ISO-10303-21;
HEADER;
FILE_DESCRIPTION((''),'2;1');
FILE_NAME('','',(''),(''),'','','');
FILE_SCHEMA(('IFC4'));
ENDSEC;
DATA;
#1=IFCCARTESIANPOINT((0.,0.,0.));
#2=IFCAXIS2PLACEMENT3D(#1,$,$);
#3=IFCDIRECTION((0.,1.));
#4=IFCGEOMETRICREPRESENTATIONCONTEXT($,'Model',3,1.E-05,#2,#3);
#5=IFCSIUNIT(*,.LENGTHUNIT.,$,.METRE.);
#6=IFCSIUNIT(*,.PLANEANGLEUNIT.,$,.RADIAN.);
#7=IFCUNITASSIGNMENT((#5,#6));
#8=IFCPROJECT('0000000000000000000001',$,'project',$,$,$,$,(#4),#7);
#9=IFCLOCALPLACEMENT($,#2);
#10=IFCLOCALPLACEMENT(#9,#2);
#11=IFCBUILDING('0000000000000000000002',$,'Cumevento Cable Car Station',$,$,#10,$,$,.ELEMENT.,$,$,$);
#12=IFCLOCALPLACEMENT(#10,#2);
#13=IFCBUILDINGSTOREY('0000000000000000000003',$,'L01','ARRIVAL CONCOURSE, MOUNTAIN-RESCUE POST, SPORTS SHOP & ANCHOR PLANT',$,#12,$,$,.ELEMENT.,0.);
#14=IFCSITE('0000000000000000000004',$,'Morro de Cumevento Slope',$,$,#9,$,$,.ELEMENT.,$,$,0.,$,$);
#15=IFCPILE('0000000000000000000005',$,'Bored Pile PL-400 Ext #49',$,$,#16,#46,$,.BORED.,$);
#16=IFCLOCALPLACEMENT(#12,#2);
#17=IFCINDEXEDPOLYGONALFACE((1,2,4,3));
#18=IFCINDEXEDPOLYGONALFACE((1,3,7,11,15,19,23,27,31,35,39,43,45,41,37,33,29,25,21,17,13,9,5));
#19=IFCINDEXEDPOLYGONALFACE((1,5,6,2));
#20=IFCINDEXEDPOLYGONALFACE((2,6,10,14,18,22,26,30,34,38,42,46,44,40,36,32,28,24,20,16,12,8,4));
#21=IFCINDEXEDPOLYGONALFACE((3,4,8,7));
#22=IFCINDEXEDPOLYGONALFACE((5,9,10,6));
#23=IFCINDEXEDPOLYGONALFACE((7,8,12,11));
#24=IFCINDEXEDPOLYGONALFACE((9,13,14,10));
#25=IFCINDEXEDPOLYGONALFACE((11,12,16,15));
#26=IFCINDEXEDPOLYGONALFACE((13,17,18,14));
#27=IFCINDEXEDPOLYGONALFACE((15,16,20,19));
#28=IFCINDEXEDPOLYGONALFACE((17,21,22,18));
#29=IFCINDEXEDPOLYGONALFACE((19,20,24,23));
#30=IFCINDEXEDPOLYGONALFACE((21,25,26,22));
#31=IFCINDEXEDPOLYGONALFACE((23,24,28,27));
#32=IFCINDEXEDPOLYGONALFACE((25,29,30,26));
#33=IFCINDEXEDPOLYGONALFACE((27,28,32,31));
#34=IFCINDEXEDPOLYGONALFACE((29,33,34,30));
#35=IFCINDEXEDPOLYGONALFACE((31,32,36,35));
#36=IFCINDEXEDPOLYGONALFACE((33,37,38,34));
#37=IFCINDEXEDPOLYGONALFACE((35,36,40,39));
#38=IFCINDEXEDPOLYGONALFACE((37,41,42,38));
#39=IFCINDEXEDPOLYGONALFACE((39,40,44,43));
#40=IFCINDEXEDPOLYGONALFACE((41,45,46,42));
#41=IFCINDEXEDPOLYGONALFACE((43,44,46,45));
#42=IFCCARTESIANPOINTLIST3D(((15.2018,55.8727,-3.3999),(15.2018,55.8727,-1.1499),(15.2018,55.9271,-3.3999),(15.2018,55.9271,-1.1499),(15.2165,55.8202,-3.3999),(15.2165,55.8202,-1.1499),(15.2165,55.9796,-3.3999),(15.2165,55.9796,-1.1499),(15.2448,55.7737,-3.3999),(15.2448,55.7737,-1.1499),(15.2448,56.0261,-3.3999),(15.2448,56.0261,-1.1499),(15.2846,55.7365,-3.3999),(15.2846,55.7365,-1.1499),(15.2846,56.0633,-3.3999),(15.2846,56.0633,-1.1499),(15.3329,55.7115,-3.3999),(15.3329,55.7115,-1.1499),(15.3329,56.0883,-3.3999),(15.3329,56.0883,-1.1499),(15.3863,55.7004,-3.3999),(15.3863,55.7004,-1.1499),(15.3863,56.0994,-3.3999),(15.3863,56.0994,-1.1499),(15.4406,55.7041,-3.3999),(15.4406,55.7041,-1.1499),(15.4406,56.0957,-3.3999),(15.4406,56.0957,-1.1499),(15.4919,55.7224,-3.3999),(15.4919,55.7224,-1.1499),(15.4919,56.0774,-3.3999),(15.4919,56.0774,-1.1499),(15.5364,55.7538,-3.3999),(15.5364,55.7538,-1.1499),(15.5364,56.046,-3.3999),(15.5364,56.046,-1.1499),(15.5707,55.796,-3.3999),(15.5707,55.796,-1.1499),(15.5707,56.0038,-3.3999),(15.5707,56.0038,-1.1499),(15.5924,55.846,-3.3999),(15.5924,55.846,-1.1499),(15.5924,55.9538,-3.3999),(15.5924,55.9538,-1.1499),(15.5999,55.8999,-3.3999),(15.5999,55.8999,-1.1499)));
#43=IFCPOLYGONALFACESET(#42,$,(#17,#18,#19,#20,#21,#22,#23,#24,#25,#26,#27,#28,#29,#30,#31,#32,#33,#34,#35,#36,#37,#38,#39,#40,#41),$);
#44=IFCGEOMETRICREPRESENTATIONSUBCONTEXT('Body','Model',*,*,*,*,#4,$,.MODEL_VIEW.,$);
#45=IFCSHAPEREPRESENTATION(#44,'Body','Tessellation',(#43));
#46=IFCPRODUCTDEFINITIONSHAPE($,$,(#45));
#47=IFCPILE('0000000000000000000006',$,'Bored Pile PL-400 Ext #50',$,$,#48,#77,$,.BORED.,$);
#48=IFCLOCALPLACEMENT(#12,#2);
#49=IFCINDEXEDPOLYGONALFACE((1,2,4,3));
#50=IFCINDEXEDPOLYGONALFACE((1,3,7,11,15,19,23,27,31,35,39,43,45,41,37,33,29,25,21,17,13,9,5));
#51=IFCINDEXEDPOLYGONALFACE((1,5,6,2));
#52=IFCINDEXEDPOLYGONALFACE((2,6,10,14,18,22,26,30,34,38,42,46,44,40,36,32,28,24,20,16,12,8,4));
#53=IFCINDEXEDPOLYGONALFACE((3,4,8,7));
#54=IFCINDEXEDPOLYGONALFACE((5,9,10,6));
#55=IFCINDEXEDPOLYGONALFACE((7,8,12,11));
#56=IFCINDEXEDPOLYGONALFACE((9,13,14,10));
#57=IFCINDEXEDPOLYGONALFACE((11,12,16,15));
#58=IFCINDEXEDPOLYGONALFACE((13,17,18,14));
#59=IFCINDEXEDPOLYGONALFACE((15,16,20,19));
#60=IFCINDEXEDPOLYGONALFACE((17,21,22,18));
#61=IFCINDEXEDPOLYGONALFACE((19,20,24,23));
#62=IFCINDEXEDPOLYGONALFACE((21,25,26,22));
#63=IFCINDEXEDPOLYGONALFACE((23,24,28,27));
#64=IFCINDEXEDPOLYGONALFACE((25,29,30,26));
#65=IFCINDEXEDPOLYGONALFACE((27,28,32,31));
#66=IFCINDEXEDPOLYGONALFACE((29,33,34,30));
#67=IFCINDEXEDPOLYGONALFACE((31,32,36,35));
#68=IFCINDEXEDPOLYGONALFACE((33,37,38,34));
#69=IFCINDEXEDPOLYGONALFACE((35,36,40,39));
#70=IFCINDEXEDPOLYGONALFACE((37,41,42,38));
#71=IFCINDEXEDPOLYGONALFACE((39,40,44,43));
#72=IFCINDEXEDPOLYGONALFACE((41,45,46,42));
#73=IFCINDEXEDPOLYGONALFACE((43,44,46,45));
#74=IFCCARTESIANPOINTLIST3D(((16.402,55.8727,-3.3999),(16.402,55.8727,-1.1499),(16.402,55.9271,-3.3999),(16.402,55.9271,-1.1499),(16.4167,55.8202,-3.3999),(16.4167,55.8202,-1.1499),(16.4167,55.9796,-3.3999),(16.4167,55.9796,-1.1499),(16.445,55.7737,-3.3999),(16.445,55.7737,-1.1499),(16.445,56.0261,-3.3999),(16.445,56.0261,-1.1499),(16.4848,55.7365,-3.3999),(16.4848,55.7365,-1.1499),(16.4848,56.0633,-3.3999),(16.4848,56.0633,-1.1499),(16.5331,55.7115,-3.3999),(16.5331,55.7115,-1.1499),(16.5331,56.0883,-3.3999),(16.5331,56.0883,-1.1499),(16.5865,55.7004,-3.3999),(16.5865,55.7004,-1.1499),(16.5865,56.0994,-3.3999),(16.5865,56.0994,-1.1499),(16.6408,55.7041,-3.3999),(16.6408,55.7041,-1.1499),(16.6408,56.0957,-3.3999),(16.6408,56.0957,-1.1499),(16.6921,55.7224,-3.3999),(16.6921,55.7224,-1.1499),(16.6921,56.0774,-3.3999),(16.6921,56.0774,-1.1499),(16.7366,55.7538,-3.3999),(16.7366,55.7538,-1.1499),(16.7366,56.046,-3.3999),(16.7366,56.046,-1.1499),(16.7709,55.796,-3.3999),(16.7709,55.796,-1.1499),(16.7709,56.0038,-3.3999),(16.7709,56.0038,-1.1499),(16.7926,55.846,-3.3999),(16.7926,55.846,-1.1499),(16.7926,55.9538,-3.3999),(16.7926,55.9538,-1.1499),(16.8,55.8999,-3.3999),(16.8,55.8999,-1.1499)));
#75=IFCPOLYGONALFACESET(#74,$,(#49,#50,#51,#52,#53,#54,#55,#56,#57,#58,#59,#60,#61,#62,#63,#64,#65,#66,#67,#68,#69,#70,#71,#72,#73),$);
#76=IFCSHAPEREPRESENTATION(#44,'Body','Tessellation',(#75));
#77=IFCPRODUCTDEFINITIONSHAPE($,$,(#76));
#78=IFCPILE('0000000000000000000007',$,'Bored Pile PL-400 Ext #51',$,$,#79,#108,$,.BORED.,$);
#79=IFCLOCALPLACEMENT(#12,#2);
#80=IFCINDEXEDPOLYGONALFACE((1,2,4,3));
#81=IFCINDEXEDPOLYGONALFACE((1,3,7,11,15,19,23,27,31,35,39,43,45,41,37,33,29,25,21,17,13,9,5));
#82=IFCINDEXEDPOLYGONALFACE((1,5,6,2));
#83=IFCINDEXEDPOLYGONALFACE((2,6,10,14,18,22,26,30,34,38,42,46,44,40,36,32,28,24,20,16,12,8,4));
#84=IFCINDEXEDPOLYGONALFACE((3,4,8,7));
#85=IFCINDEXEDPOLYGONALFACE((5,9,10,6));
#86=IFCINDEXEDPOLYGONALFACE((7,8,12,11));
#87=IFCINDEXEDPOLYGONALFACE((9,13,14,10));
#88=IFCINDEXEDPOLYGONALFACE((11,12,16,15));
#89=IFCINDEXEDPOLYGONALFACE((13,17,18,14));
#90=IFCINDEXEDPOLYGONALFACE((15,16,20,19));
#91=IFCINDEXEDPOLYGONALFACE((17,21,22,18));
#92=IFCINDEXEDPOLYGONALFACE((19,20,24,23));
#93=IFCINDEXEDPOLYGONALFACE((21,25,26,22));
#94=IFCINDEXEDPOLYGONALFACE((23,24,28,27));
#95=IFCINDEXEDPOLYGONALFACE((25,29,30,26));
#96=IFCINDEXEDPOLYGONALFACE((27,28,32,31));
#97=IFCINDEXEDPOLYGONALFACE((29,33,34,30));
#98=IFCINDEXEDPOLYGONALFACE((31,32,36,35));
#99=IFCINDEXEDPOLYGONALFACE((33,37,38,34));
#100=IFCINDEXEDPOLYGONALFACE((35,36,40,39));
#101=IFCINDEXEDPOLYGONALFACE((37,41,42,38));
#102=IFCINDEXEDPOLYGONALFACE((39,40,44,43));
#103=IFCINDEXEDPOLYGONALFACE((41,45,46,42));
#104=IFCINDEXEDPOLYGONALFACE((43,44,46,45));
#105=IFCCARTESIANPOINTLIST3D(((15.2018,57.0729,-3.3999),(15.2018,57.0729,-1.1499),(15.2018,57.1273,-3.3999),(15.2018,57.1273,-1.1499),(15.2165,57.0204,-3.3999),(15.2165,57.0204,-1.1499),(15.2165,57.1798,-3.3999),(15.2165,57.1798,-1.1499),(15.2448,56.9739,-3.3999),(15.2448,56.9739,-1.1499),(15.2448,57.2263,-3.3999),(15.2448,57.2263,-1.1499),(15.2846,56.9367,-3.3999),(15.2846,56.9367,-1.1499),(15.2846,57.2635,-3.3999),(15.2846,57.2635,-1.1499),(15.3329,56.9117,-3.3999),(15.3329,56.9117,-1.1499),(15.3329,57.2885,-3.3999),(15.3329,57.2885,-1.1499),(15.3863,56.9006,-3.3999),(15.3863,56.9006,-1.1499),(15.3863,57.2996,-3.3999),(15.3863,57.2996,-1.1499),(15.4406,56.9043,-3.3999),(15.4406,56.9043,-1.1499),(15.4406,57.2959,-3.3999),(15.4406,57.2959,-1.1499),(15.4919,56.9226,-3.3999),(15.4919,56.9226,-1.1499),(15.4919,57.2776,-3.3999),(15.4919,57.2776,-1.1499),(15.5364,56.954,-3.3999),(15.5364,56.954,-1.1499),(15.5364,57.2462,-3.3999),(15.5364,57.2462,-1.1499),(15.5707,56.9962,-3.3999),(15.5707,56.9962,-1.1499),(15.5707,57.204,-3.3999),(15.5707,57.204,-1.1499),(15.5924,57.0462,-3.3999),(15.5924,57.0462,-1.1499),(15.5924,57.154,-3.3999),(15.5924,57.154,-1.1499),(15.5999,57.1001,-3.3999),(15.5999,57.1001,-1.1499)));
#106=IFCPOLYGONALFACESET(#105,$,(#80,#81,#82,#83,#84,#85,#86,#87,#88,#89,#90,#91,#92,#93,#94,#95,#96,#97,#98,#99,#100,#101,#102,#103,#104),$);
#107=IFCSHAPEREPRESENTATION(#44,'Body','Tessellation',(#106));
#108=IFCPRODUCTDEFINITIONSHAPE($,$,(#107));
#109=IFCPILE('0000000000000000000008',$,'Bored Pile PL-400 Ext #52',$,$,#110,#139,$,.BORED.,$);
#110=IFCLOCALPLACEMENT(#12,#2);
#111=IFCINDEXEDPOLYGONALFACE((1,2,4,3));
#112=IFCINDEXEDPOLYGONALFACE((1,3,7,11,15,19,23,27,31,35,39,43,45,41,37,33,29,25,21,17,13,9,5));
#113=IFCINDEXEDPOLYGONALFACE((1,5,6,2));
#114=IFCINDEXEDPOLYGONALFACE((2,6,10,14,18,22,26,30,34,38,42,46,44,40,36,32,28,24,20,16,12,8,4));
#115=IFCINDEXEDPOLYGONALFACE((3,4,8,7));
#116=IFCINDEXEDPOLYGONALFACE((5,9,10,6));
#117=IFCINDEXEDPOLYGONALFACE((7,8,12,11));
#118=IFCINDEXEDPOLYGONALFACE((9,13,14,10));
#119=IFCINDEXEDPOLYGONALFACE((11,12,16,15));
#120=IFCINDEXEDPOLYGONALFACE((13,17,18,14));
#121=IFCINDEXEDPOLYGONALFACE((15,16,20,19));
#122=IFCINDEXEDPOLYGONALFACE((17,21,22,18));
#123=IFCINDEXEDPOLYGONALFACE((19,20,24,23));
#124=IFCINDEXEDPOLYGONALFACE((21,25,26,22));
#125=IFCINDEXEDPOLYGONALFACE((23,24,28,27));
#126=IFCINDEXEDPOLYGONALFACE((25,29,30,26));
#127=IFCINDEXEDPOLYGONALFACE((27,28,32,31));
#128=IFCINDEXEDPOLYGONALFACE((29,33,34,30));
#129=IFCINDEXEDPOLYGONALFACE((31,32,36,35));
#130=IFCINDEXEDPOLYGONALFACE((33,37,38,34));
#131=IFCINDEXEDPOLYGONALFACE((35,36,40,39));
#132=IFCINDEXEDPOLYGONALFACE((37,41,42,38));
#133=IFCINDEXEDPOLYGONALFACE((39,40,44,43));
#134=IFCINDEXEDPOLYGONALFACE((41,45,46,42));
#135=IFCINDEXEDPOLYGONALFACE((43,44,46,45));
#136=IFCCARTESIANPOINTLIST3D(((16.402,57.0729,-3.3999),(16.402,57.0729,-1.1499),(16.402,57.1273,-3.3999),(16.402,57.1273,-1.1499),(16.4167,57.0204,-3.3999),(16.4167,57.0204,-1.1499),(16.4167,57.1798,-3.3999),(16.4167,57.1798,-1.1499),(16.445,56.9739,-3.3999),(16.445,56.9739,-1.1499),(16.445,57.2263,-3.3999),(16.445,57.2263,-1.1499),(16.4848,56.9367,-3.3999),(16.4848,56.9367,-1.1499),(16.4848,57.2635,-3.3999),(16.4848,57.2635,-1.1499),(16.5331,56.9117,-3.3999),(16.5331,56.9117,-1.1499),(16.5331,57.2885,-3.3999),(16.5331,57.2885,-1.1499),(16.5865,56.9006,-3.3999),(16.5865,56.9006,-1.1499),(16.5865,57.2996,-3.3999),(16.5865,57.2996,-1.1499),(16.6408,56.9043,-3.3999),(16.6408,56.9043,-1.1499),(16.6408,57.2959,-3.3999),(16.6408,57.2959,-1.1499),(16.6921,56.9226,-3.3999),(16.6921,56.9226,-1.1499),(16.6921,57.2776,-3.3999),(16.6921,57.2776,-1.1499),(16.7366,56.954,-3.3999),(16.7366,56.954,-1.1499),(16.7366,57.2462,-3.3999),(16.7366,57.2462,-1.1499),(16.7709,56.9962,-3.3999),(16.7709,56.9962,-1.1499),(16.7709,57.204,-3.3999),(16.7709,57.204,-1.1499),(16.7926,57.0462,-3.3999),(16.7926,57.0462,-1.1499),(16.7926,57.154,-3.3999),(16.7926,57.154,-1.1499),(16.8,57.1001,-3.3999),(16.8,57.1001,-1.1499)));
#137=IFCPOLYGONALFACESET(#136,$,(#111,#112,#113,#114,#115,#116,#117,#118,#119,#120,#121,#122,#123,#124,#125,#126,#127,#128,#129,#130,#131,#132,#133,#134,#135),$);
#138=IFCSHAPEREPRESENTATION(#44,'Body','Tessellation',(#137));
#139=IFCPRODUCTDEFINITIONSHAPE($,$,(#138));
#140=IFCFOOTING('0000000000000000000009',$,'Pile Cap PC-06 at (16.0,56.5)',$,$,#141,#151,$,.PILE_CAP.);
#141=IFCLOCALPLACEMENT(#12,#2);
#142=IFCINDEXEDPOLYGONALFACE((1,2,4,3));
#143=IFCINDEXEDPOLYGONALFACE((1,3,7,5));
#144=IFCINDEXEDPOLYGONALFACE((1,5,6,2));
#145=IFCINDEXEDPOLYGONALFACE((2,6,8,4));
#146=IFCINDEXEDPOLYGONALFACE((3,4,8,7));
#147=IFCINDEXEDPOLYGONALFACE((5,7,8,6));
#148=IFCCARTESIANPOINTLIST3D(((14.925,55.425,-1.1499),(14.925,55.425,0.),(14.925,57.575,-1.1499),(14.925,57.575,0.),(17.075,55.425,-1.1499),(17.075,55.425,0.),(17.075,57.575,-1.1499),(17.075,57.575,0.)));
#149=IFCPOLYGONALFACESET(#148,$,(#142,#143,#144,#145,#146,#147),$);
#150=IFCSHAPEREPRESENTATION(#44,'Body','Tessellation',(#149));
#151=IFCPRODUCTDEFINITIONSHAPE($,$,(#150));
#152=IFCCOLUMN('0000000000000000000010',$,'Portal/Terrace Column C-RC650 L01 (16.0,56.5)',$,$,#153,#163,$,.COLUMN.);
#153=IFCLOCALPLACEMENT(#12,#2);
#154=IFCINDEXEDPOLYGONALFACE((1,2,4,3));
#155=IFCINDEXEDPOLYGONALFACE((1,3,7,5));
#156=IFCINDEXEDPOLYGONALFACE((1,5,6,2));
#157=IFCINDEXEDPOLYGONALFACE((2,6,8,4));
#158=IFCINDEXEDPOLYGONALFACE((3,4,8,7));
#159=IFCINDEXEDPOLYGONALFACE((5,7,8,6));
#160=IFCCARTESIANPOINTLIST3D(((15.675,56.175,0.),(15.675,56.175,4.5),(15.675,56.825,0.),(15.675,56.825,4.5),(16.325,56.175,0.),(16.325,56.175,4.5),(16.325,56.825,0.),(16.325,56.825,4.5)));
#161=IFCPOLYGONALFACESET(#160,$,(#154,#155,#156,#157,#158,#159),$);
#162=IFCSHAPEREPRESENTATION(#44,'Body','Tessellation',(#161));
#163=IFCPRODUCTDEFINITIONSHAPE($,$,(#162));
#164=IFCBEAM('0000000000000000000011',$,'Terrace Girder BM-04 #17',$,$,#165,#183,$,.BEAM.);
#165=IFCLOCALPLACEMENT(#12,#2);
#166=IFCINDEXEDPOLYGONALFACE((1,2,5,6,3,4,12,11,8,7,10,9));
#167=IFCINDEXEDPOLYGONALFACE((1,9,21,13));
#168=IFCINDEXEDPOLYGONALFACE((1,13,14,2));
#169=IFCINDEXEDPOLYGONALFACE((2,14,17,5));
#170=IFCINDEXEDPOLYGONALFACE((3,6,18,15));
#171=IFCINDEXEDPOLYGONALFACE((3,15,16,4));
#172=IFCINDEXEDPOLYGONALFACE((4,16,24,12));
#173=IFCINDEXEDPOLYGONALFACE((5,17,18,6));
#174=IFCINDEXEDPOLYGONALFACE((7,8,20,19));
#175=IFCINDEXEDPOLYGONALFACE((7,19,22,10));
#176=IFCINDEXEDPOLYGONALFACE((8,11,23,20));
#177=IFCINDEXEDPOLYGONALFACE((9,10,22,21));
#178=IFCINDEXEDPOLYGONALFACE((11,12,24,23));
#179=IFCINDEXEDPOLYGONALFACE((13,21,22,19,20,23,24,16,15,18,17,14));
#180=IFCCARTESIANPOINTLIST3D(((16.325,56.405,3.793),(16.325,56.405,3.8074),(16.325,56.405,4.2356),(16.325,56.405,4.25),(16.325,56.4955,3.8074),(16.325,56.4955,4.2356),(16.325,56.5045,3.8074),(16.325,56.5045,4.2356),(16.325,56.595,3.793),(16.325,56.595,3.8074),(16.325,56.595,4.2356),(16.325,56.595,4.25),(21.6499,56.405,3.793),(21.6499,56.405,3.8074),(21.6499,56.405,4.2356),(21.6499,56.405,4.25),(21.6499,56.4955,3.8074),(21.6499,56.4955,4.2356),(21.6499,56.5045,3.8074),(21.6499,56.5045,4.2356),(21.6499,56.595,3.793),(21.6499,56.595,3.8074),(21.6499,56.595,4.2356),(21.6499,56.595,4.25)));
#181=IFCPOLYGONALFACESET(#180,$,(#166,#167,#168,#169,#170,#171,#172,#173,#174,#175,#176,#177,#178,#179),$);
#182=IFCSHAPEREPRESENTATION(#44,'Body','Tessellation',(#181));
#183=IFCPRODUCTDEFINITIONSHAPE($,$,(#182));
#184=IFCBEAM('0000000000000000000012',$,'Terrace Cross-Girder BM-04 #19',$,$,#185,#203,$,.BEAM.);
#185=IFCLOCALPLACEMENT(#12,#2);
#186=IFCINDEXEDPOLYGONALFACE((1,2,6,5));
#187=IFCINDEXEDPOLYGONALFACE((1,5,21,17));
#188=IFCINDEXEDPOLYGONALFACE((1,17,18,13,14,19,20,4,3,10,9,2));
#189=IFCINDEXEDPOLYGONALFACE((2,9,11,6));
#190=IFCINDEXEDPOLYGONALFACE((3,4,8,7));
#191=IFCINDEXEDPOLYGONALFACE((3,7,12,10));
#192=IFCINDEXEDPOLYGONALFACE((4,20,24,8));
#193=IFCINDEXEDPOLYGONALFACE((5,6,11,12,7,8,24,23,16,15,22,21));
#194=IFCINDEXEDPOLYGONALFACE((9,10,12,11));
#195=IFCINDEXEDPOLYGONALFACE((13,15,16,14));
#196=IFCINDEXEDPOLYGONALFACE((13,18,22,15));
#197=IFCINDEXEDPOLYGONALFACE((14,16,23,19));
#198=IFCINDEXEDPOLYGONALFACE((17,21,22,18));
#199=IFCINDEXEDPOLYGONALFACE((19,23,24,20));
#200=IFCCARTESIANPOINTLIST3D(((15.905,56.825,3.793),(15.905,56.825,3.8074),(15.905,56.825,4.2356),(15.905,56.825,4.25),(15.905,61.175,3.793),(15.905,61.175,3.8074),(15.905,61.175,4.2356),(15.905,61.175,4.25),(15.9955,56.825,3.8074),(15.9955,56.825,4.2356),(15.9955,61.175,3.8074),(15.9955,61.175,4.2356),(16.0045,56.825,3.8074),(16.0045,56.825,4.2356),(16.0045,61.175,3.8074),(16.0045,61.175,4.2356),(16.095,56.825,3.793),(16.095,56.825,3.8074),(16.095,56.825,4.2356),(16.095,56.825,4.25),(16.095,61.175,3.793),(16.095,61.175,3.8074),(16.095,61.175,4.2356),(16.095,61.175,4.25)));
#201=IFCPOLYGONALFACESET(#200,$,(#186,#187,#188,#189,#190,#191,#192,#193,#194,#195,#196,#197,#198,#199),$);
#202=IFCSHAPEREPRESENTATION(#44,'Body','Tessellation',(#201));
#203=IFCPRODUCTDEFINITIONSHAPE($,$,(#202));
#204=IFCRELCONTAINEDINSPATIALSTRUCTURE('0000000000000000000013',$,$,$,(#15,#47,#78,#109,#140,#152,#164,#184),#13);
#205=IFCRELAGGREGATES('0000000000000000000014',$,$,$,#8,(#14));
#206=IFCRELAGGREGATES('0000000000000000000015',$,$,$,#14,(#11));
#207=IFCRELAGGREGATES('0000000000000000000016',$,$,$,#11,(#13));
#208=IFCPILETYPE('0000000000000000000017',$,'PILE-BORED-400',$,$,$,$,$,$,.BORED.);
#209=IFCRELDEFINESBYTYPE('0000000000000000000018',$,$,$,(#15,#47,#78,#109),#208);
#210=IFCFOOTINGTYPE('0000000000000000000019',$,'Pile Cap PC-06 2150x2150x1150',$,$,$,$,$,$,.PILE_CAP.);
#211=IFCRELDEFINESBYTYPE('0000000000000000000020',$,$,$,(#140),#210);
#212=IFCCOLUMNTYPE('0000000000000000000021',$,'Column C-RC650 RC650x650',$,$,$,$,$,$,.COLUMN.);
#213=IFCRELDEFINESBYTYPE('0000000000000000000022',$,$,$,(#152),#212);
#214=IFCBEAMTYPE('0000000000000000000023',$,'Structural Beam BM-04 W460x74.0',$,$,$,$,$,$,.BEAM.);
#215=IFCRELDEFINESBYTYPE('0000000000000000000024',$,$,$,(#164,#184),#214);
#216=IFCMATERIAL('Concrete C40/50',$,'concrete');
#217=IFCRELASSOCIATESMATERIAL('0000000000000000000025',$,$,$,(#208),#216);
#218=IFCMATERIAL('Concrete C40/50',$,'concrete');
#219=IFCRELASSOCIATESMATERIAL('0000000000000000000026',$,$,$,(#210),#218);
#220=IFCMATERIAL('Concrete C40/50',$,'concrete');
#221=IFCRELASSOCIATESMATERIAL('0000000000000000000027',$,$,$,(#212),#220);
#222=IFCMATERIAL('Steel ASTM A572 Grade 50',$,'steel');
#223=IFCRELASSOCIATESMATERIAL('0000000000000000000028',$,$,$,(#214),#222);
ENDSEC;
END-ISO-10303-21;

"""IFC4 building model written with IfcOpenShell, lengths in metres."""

from ifc_helpers import new_model, si_unit, direction, frame, origin, origin_2d, place, context, subcontext, project, spatial, rectangle, circle, i_section, extrude, material, material_profile, profile_set, type_object, element, save


model = new_model("IFC4")

# Units and contexts
model_context = context("Model", 3, precision=1e-05, world=origin(), true_north=direction((0.0, 1.0)))
body_context = subcontext(model_context, "Body", "Model", "MODEL_VIEW")
ifc_project = project(units=[si_unit("LENGTHUNIT", "METRE"), si_unit("PLANEANGLEUNIT", "RADIAN")], contexts=[model_context])

# Site, building, storey
site_placement = place(None, origin())
site = spatial("IfcSite", under=ifc_project, at=site_placement, Name="Morro de Cumevento Slope", CompositionType="ELEMENT", RefElevation=0.0)
building_placement = place(site_placement, origin())
building = spatial("IfcBuilding", under=site, at=building_placement, Name="Cumevento Cable Car Station", CompositionType="ELEMENT")
storey_placement = place(building_placement, origin())
storey = spatial("IfcBuildingStorey", under=building, at=storey_placement, Name="L01", Description="ARRIVAL CONCOURSE, MOUNTAIN-RESCUE POST, SPORTS SHOP & ANCHOR PLANT", CompositionType="ELEMENT", Elevation=0.0)

# Piles
ifc_material_1 = material(Name="Concrete C40/50", Category="concrete")
ifc_material_profile_1 = material_profile(ifc_material_1, circle(Radius=0.2, at=origin_2d()), Name="PILE-D400")
ifc_profile_set_1 = profile_set([ifc_material_profile_1], Name="Concrete C40/50")
pile_type = type_object("IfcPileType", Name="PILE-BORED-400", PredefinedType="BORED", material=ifc_profile_set_1)
for number, where, z_axis, x_axis, name in (
    (1, (15.3999, 55.8999, -1.1499), (0.0, 0.0, -1.0), (1.0, 0.0, 0.0), "Bored Pile PL-400 Ext #49"),
    (2, (16.6001, 55.8999, -1.1499), (0.0, 0.0, -1.0), (1.0, 0.0, 0.0), "Bored Pile PL-400 Ext #50"),
    (3, (15.3999, 57.1001, -1.1499), (0.0, 0.0, -1.0), (1.0, 0.0, 0.0), "Bored Pile PL-400 Ext #51"),
    (4, (16.6001, 57.1001, -1.1499), (0.0, 0.0, -1.0), (1.0, 0.0, 0.0), "Bored Pile PL-400 Ext #52"),
):
    element("IfcPile", number, at=place(storey_placement, frame(where, z_axis=z_axis, x_axis=x_axis)), inside=storey, type_object=pile_type, Name=name, PredefinedType="BORED", context=body_context, shape_type="SweptSolid", body=[
        extrude(circle(Radius=0.2, at=origin_2d()), origin(), (0.0, 0.0, 1.0), 2.25),
    ])

# Footing
ifc_material_2 = material(Name="Concrete C40/50", Category="concrete")
footing_type = type_object("IfcFootingType", Name="Pile Cap PC-06 2150x2150x1150", PredefinedType="PILE_CAP", material=ifc_material_2)
footing_placement = place(storey_placement, frame((16.0, 56.5, -1.1499), z_axis=(0.0, 0.0, 1.0), x_axis=(1.0, 0.0, 0.0)))
element("IfcFooting", 5, at=footing_placement, inside=storey, type_object=footing_type, Name="Pile Cap PC-06 at (16.0,56.5)", PredefinedType="PILE_CAP", context=body_context, shape_type="SweptSolid", body=[
    extrude(rectangle(XDim=2.1499, YDim=2.1499, at=origin_2d()), origin(), (0.0, 0.0, 1.0), 1.1499),
])

# Column
ifc_material_3 = material(Name="Concrete C40/50", Category="concrete")
ifc_material_profile_2 = material_profile(ifc_material_3, rectangle(XDim=0.6499, YDim=0.6499, at=origin_2d()), Name="RC650x650")
ifc_profile_set_2 = profile_set([ifc_material_profile_2], Name="Concrete C40/50")
column_type = type_object("IfcColumnType", Name="Column C-RC650 RC650x650", PredefinedType="COLUMN", material=ifc_profile_set_2)
column_placement = place(storey_placement, frame((16.0, 56.5, 0.0), z_axis=(0.0, 0.0, 1.0), x_axis=(1.0, 0.0, 0.0)))
element("IfcColumn", 6, at=column_placement, inside=storey, type_object=column_type, Name="Portal/Terrace Column C-RC650 L01 (16.0,56.5)", PredefinedType="COLUMN", context=body_context, shape_type="SweptSolid", body=[
    extrude(rectangle(XDim=0.6499, YDim=0.6499, at=origin_2d()), origin(), (0.0, 0.0, 1.0), 4.5),
])

# Beams
ifc_material_4 = material(Name="Steel ASTM A572 Grade 50", Category="steel")
ifc_material_profile_3 = material_profile(ifc_material_4, i_section(OverallWidth=0.1899, OverallDepth=0.457, WebThickness=0.009, FlangeThickness=0.0144, at=origin_2d()), Name="W460x74.0")
ifc_profile_set_3 = profile_set([ifc_material_profile_3], Name="Steel ASTM A572 Grade 50")
beam_type_1 = type_object("IfcBeamType", Name="Structural Beam BM-04 W460x74.0", PredefinedType="BEAM", material=ifc_profile_set_3)
beam_1_placement = place(storey_placement, frame((16.325, 56.5, 4.0215), z_axis=(1.0, 0.0, 0.0), x_axis=(0.0, 1.0, 0.0)))
element("IfcBeam", 7, at=beam_1_placement, inside=storey, type_object=beam_type_1, Name="Terrace Girder BM-04 #17", PredefinedType="BEAM", context=body_context, shape_type="SweptSolid", body=[
    extrude(i_section(OverallWidth=0.1899, OverallDepth=0.457, WebThickness=0.009, FlangeThickness=0.0144, at=origin_2d()), origin(), (0.0, 0.0, 1.0), 5.325),
])
beam_2_placement = place(storey_placement, frame((16.0, 56.825, 4.0215), z_axis=(0.0, 1.0, 0.0), x_axis=(-1.0, 0.0, 0.0)))
element("IfcBeam", 8, at=beam_2_placement, inside=storey, type_object=beam_type_1, Name="Terrace Cross-Girder BM-04 #19", PredefinedType="BEAM", context=body_context, shape_type="SweptSolid", body=[
    extrude(i_section(OverallWidth=0.1899, OverallDepth=0.457, WebThickness=0.009, FlangeThickness=0.0144, at=origin_2d()), origin(), (0.0, 0.0, 1.0), 4.3501),
])

save(model, "model.ifc")
